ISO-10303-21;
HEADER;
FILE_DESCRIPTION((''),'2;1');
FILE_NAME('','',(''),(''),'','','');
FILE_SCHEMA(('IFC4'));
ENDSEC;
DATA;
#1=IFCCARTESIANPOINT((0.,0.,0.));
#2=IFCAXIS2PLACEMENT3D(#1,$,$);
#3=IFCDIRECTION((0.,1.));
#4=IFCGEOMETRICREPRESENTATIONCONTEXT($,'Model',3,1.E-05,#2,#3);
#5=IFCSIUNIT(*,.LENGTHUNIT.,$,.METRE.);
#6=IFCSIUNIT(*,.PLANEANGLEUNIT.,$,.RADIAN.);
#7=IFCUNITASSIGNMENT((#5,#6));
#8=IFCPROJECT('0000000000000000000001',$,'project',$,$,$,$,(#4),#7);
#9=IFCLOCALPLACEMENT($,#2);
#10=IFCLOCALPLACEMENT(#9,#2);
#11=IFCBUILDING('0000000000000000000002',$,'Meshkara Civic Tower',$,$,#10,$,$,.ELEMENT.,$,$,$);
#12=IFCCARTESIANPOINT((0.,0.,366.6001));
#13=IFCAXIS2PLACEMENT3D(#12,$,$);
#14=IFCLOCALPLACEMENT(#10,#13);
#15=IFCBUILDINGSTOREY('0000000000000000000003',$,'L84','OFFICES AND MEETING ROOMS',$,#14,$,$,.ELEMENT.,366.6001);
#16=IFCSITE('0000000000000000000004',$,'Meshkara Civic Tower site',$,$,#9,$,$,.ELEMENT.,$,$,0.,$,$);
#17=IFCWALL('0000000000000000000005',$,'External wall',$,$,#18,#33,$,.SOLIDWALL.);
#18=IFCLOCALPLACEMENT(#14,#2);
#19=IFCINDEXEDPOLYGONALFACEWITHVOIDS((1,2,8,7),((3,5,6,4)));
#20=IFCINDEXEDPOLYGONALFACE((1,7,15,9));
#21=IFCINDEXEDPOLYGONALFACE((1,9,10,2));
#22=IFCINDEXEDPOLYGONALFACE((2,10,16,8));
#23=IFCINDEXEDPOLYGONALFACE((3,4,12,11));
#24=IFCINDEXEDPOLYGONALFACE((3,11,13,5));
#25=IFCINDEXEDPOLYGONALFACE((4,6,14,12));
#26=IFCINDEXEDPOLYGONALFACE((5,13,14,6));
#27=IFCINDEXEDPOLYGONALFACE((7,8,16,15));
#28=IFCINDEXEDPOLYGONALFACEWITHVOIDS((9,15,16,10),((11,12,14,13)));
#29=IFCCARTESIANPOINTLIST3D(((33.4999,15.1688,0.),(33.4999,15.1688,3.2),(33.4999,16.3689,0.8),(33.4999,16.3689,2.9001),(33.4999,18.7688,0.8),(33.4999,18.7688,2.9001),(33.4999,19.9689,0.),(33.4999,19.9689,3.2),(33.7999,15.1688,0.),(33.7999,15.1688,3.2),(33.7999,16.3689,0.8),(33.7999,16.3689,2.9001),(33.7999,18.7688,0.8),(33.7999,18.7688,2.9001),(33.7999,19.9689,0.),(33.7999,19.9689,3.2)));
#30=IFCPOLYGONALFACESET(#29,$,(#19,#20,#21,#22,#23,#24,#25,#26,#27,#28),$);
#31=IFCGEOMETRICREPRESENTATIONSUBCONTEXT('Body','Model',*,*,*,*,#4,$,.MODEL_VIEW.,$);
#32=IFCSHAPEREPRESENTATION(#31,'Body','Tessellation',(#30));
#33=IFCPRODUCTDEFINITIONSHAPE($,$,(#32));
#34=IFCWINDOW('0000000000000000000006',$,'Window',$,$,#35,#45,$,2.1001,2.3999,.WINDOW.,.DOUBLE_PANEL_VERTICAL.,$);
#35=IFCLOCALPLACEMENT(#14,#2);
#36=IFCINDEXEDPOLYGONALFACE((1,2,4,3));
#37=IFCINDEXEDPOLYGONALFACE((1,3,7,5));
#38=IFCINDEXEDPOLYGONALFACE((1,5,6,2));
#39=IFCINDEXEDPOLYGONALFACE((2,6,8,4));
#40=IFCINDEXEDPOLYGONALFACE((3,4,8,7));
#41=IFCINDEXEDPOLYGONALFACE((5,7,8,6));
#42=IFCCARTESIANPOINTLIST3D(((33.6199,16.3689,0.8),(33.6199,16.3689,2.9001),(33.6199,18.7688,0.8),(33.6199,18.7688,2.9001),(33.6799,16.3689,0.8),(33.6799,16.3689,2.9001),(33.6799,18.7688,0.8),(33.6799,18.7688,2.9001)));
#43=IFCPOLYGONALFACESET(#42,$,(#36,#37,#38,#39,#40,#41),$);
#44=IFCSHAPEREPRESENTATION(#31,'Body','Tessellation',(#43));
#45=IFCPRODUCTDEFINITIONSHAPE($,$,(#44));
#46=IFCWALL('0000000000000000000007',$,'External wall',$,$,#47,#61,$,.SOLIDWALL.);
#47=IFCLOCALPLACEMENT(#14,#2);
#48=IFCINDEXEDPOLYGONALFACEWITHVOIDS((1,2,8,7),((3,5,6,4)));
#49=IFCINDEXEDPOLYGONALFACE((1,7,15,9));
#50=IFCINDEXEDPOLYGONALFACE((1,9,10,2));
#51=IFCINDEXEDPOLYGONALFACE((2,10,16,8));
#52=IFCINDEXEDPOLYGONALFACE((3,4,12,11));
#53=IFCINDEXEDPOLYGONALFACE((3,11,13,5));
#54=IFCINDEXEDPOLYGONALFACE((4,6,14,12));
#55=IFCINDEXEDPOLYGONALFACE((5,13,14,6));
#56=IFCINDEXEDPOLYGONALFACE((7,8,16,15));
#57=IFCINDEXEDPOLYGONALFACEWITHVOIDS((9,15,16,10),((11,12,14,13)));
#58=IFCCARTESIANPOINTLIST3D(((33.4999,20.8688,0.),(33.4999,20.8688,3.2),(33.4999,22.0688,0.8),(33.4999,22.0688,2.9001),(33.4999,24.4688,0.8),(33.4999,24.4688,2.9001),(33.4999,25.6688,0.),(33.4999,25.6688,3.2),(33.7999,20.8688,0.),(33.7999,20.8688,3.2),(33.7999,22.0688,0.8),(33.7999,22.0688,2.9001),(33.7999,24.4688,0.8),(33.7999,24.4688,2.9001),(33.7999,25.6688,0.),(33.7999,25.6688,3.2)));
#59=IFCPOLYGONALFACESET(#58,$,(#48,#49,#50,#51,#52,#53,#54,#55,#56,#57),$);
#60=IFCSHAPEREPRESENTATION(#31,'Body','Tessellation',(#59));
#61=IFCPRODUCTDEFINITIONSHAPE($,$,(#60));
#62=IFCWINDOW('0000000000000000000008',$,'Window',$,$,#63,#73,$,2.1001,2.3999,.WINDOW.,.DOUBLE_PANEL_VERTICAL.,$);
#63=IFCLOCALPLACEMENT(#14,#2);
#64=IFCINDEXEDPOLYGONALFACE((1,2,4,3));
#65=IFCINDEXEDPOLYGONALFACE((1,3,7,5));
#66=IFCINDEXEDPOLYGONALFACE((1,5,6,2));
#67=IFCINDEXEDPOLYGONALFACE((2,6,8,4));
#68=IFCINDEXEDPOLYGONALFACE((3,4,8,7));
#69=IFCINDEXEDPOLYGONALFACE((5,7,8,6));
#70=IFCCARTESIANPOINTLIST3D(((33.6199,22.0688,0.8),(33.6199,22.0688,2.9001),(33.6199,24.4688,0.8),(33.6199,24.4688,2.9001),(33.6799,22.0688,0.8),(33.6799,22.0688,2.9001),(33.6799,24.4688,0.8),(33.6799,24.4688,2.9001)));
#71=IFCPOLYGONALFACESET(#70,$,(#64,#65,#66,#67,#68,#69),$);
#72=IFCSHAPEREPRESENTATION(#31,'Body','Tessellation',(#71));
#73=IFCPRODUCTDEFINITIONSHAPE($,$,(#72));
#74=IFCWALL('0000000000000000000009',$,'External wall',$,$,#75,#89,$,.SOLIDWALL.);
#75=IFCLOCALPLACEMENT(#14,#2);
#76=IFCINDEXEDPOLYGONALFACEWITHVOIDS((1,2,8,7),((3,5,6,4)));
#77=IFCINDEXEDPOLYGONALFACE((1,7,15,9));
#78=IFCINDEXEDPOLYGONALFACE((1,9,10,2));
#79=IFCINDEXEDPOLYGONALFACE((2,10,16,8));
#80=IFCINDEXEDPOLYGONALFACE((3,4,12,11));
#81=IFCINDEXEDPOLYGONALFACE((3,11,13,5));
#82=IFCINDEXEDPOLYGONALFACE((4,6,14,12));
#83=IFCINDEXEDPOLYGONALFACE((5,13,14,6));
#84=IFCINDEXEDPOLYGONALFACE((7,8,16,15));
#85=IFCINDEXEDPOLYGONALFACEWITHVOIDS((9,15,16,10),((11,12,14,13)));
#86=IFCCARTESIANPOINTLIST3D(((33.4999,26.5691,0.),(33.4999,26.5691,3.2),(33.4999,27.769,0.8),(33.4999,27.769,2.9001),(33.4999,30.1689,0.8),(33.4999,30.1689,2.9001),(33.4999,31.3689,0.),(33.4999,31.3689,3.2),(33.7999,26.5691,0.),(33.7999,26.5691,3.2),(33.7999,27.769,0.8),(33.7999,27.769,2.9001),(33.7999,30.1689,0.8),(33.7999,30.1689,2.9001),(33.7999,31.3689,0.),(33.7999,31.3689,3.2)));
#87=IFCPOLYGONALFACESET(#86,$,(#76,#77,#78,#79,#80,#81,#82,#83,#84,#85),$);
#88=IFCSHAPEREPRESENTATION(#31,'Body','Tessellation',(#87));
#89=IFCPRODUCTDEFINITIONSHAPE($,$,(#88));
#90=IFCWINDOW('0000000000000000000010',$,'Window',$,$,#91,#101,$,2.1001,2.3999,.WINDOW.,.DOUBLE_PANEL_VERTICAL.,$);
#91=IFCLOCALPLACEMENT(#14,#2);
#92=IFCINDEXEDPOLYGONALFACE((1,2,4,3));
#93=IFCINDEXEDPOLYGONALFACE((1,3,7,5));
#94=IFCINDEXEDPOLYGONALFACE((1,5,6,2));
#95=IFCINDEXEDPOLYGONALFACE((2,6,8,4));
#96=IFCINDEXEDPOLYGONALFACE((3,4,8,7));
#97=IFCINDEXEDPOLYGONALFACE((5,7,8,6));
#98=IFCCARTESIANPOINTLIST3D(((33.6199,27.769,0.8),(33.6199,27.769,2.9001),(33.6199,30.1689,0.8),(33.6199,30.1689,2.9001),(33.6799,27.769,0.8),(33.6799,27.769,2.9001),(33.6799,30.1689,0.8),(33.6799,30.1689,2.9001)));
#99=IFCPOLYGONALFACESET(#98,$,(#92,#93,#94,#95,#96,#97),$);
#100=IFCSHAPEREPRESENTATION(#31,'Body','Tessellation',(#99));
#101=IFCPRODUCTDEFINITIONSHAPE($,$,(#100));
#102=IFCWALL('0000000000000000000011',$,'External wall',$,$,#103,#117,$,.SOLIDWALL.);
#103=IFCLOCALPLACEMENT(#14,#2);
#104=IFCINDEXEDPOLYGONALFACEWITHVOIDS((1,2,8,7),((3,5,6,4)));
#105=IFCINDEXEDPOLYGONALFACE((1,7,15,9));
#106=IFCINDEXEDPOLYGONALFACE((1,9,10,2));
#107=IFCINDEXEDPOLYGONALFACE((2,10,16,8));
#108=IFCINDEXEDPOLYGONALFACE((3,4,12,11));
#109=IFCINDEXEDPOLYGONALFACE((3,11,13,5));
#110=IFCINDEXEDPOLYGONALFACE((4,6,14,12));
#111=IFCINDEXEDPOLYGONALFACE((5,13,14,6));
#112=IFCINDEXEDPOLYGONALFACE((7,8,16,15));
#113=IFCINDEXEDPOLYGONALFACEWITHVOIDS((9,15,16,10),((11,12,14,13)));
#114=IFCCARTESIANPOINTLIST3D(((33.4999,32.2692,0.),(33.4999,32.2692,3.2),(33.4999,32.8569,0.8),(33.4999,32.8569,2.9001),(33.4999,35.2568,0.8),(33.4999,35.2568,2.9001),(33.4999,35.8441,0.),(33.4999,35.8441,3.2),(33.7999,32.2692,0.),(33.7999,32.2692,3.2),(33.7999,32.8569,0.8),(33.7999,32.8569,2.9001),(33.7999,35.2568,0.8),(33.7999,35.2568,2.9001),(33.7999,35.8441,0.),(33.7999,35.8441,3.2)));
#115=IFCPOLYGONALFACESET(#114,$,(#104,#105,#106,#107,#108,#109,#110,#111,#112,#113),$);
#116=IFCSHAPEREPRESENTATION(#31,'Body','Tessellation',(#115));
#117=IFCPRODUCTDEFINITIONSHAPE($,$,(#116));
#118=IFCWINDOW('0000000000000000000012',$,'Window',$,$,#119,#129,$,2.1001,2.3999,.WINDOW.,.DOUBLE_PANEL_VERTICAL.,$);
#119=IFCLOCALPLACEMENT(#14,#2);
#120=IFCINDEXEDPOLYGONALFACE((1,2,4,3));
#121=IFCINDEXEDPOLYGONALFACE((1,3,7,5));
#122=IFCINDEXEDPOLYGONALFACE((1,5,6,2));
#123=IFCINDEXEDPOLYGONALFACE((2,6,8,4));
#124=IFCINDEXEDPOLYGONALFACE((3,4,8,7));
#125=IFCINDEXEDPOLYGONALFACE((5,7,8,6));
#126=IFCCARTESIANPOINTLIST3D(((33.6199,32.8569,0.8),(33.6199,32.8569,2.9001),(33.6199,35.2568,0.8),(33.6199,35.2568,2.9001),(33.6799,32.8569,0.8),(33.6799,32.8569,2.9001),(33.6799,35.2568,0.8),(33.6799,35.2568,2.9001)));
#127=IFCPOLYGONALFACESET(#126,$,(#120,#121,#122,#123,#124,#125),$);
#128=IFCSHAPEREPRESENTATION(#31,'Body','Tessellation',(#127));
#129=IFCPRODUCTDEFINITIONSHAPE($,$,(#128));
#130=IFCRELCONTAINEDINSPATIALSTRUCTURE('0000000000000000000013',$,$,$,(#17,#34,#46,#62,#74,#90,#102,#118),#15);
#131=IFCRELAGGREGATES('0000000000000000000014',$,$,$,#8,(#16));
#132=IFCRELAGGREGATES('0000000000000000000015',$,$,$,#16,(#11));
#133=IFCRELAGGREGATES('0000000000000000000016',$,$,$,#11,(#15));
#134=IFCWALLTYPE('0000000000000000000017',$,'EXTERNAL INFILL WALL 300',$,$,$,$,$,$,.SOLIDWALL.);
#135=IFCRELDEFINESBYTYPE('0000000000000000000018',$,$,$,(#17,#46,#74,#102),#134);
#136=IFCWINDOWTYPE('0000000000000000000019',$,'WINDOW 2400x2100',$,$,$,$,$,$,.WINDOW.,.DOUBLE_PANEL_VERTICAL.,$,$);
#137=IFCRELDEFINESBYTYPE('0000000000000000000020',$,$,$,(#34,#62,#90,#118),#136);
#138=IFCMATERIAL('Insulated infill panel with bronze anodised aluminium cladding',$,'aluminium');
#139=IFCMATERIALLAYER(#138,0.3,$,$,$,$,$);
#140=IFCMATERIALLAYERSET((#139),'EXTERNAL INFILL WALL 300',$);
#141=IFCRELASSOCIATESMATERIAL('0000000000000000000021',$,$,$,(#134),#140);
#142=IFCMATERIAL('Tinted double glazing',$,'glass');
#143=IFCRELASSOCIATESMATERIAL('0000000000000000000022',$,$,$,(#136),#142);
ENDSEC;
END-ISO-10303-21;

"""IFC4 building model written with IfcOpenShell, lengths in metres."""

from ifc_helpers import new_model, si_unit, direction, frame, frame_2d, origin, place, context, subcontext, project, spatial, rectangle, extrude, material, layer, layer_set, type_object, element, fill, save


model = new_model("IFC4")

# Units and contexts
model_context = context("Model", 3, precision=1e-05, world=origin(), true_north=direction((0.0, 1.0)))
body_context = subcontext(model_context, "Body", "Model", "MODEL_VIEW")
ifc_project = project(units=[si_unit("LENGTHUNIT", "METRE"), si_unit("PLANEANGLEUNIT", "RADIAN")], contexts=[model_context])

# Site, building, storey
site_placement = place(None, origin())
site = spatial("IfcSite", under=ifc_project, at=site_placement, Name="Meshkara Civic Tower site", CompositionType="ELEMENT", RefElevation=0.0)
building_placement = place(site_placement, origin())
building = spatial("IfcBuilding", under=site, at=building_placement, Name="Meshkara Civic Tower", CompositionType="ELEMENT")
storey_placement = place(building_placement, frame((0.0, 0.0, 366.6001)))
storey = spatial("IfcBuildingStorey", under=building, at=storey_placement, Name="L84", Description="OFFICES AND MEETING ROOMS", CompositionType="ELEMENT", Elevation=366.6001)

# Walls, openings, windows
ifc_material_1 = material(Name="Insulated infill panel with bronze anodised aluminium cladding", Category="aluminium")
ifc_layer_1 = layer(ifc_material_1, 0.3)
ifc_layer_set_1 = layer_set([ifc_layer_1], Name="EXTERNAL INFILL WALL 300")
wall_type_1 = type_object("IfcWallType", Name="EXTERNAL INFILL WALL 300", PredefinedType="SOLIDWALL", material=ifc_layer_set_1)
ifc_material_2 = material(Name="Tinted double glazing", Category="glass")
window_type = type_object("IfcWindowType", Name="WINDOW 2400x2100", PartitioningType="DOUBLE_PANEL_VERTICAL", PredefinedType="WINDOW", material=ifc_material_2)
wall_1_placement = place(storey_placement, frame((33.6499, 15.1689, 0.0), z_axis=(0.0, 0.0, 1.0), x_axis=(0.0, 1.0, 0.0)))
wall_1 = element("IfcWall", 1, at=wall_1_placement, inside=storey, type_object=wall_type_1, Name="External wall", PredefinedType="SOLIDWALL", context=body_context, shape_type="SweptSolid", body=[
    extrude(rectangle(XDim=4.8, YDim=0.3, at=frame_2d((2.3999, 0.0))), origin(), (0.0, 0.0, 1.0), 3.2),
])
opening_1_placement = place(wall_1_placement, frame((1.2, 0.0, 0.8)))
opening_1 = element("IfcOpeningElement", 2, at=opening_1_placement, cuts=wall_1, PredefinedType="OPENING", context=body_context, shape_type="SweptSolid", body=[
    extrude(rectangle(XDim=2.3999, YDim=2.1001, at=frame_2d((1.2, 1.05))), frame((0.0, 0.1599, 0.0), z_axis=(0.0, -1.0, 0.0), x_axis=(1.0, 0.0, 0.0)), (0.0, 0.0, 1.0), 0.3201),
])
window_1_placement = place(opening_1_placement, origin())
window_1 = element("IfcWindow", 3, at=window_1_placement, inside=storey, type_object=window_type, Name="Window", OverallHeight=2.1001, OverallWidth=2.3999, PartitioningType="DOUBLE_PANEL_VERTICAL", PredefinedType="WINDOW", context=body_context, shape_type="SweptSolid", body=[
    extrude(rectangle(XDim=2.3999, YDim=2.1001, at=frame_2d((1.2, 1.05))), frame((0.0, 0.03, 0.0), z_axis=(0.0, -1.0, 0.0), x_axis=(1.0, 0.0, 0.0)), (0.0, 0.0, 1.0), 0.0601),
])
fill(opening_1, window_1)
wall_2_placement = place(storey_placement, frame((33.6499, 20.8689, 0.0), z_axis=(0.0, 0.0, 1.0), x_axis=(0.0, 1.0, 0.0)))
wall_2 = element("IfcWall", 4, at=wall_2_placement, inside=storey, type_object=wall_type_1, Name="External wall", PredefinedType="SOLIDWALL", context=body_context, shape_type="SweptSolid", body=[
    extrude(rectangle(XDim=4.8, YDim=0.3, at=frame_2d((2.3999, 0.0))), origin(), (0.0, 0.0, 1.0), 3.2),
])
opening_2_placement = place(wall_2_placement, frame((1.2, 0.0, 0.8)))
opening_2 = element("IfcOpeningElement", 5, at=opening_2_placement, cuts=wall_2, PredefinedType="OPENING", context=body_context, shape_type="SweptSolid", body=[
    extrude(rectangle(XDim=2.3999, YDim=2.1001, at=frame_2d((1.2, 1.05))), frame((0.0, 0.1599, 0.0), z_axis=(0.0, -1.0, 0.0), x_axis=(1.0, 0.0, 0.0)), (0.0, 0.0, 1.0), 0.3201),
])
window_2_placement = place(opening_2_placement, origin())
window_2 = element("IfcWindow", 6, at=window_2_placement, inside=storey, type_object=window_type, Name="Window", OverallHeight=2.1001, OverallWidth=2.3999, PartitioningType="DOUBLE_PANEL_VERTICAL", PredefinedType="WINDOW", context=body_context, shape_type="SweptSolid", body=[
    extrude(rectangle(XDim=2.3999, YDim=2.1001, at=frame_2d((1.2, 1.05))), frame((0.0, 0.03, 0.0), z_axis=(0.0, -1.0, 0.0), x_axis=(1.0, 0.0, 0.0)), (0.0, 0.0, 1.0), 0.0601),
])
fill(opening_2, window_2)
wall_3_placement = place(storey_placement, frame((33.6499, 26.5691, 0.0), z_axis=(0.0, 0.0, 1.0), x_axis=(0.0, 1.0, 0.0)))
wall_3 = element("IfcWall", 7, at=wall_3_placement, inside=storey, type_object=wall_type_1, Name="External wall", PredefinedType="SOLIDWALL", context=body_context, shape_type="SweptSolid", body=[
    extrude(rectangle(XDim=4.7998, YDim=0.3, at=frame_2d((2.3999, 0.0))), origin(), (0.0, 0.0, 1.0), 3.2),
])
opening_3_placement = place(wall_3_placement, frame((1.2, 0.0, 0.8)))
opening_3 = element("IfcOpeningElement", 8, at=opening_3_placement, cuts=wall_3, PredefinedType="OPENING", context=body_context, shape_type="SweptSolid", body=[
    extrude(rectangle(XDim=2.3999, YDim=2.1001, at=frame_2d((1.2, 1.05))), frame((0.0, 0.1599, 0.0), z_axis=(0.0, -1.0, 0.0), x_axis=(1.0, 0.0, 0.0)), (0.0, 0.0, 1.0), 0.3201),
])
window_3_placement = place(opening_3_placement, origin())
window_3 = element("IfcWindow", 9, at=window_3_placement, inside=storey, type_object=window_type, Name="Window", OverallHeight=2.1001, OverallWidth=2.3999, PartitioningType="DOUBLE_PANEL_VERTICAL", PredefinedType="WINDOW", context=body_context, shape_type="SweptSolid", body=[
    extrude(rectangle(XDim=2.3999, YDim=2.1001, at=frame_2d((1.2, 1.05))), frame((0.0, 0.03, 0.0), z_axis=(0.0, -1.0, 0.0), x_axis=(1.0, 0.0, 0.0)), (0.0, 0.0, 1.0), 0.0601),
])
fill(opening_3, window_3)
wall_4_placement = place(storey_placement, frame((33.6499, 32.269, 0.0), z_axis=(0.0, 0.0, 1.0), x_axis=(0.0, 1.0, 0.0)))
wall_4 = element("IfcWall", 10, at=wall_4_placement, inside=storey, type_object=wall_type_1, Name="External wall", PredefinedType="SOLIDWALL", context=body_context, shape_type="SweptSolid", body=[
    extrude(rectangle(XDim=3.575, YDim=0.3, at=frame_2d((1.7876, 0.0))), origin(), (0.0, 0.0, 1.0), 3.2),
])
opening_4_placement = place(wall_4_placement, frame((0.5879, 0.0, 0.8)))
opening_4 = element("IfcOpeningElement", 11, at=opening_4_placement, cuts=wall_4, PredefinedType="OPENING", context=body_context, shape_type="SweptSolid", body=[
    extrude(rectangle(XDim=2.3999, YDim=2.1001, at=frame_2d((1.2, 1.05))), frame((0.0, 0.1599, 0.0), z_axis=(0.0, -1.0, 0.0), x_axis=(1.0, 0.0, 0.0)), (0.0, 0.0, 1.0), 0.3201),
])
window_4_placement = place(opening_4_placement, origin())
window_4 = element("IfcWindow", 12, at=window_4_placement, inside=storey, type_object=window_type, Name="Window", OverallHeight=2.1001, OverallWidth=2.3999, PartitioningType="DOUBLE_PANEL_VERTICAL", PredefinedType="WINDOW", context=body_context, shape_type="SweptSolid", body=[
    extrude(rectangle(XDim=2.3999, YDim=2.1001, at=frame_2d((1.2, 1.05))), frame((0.0, 0.03, 0.0), z_axis=(0.0, -1.0, 0.0), x_axis=(1.0, 0.0, 0.0)), (0.0, 0.0, 1.0), 0.0601),
])
fill(opening_4, window_4)

save(model, "model.ifc")
